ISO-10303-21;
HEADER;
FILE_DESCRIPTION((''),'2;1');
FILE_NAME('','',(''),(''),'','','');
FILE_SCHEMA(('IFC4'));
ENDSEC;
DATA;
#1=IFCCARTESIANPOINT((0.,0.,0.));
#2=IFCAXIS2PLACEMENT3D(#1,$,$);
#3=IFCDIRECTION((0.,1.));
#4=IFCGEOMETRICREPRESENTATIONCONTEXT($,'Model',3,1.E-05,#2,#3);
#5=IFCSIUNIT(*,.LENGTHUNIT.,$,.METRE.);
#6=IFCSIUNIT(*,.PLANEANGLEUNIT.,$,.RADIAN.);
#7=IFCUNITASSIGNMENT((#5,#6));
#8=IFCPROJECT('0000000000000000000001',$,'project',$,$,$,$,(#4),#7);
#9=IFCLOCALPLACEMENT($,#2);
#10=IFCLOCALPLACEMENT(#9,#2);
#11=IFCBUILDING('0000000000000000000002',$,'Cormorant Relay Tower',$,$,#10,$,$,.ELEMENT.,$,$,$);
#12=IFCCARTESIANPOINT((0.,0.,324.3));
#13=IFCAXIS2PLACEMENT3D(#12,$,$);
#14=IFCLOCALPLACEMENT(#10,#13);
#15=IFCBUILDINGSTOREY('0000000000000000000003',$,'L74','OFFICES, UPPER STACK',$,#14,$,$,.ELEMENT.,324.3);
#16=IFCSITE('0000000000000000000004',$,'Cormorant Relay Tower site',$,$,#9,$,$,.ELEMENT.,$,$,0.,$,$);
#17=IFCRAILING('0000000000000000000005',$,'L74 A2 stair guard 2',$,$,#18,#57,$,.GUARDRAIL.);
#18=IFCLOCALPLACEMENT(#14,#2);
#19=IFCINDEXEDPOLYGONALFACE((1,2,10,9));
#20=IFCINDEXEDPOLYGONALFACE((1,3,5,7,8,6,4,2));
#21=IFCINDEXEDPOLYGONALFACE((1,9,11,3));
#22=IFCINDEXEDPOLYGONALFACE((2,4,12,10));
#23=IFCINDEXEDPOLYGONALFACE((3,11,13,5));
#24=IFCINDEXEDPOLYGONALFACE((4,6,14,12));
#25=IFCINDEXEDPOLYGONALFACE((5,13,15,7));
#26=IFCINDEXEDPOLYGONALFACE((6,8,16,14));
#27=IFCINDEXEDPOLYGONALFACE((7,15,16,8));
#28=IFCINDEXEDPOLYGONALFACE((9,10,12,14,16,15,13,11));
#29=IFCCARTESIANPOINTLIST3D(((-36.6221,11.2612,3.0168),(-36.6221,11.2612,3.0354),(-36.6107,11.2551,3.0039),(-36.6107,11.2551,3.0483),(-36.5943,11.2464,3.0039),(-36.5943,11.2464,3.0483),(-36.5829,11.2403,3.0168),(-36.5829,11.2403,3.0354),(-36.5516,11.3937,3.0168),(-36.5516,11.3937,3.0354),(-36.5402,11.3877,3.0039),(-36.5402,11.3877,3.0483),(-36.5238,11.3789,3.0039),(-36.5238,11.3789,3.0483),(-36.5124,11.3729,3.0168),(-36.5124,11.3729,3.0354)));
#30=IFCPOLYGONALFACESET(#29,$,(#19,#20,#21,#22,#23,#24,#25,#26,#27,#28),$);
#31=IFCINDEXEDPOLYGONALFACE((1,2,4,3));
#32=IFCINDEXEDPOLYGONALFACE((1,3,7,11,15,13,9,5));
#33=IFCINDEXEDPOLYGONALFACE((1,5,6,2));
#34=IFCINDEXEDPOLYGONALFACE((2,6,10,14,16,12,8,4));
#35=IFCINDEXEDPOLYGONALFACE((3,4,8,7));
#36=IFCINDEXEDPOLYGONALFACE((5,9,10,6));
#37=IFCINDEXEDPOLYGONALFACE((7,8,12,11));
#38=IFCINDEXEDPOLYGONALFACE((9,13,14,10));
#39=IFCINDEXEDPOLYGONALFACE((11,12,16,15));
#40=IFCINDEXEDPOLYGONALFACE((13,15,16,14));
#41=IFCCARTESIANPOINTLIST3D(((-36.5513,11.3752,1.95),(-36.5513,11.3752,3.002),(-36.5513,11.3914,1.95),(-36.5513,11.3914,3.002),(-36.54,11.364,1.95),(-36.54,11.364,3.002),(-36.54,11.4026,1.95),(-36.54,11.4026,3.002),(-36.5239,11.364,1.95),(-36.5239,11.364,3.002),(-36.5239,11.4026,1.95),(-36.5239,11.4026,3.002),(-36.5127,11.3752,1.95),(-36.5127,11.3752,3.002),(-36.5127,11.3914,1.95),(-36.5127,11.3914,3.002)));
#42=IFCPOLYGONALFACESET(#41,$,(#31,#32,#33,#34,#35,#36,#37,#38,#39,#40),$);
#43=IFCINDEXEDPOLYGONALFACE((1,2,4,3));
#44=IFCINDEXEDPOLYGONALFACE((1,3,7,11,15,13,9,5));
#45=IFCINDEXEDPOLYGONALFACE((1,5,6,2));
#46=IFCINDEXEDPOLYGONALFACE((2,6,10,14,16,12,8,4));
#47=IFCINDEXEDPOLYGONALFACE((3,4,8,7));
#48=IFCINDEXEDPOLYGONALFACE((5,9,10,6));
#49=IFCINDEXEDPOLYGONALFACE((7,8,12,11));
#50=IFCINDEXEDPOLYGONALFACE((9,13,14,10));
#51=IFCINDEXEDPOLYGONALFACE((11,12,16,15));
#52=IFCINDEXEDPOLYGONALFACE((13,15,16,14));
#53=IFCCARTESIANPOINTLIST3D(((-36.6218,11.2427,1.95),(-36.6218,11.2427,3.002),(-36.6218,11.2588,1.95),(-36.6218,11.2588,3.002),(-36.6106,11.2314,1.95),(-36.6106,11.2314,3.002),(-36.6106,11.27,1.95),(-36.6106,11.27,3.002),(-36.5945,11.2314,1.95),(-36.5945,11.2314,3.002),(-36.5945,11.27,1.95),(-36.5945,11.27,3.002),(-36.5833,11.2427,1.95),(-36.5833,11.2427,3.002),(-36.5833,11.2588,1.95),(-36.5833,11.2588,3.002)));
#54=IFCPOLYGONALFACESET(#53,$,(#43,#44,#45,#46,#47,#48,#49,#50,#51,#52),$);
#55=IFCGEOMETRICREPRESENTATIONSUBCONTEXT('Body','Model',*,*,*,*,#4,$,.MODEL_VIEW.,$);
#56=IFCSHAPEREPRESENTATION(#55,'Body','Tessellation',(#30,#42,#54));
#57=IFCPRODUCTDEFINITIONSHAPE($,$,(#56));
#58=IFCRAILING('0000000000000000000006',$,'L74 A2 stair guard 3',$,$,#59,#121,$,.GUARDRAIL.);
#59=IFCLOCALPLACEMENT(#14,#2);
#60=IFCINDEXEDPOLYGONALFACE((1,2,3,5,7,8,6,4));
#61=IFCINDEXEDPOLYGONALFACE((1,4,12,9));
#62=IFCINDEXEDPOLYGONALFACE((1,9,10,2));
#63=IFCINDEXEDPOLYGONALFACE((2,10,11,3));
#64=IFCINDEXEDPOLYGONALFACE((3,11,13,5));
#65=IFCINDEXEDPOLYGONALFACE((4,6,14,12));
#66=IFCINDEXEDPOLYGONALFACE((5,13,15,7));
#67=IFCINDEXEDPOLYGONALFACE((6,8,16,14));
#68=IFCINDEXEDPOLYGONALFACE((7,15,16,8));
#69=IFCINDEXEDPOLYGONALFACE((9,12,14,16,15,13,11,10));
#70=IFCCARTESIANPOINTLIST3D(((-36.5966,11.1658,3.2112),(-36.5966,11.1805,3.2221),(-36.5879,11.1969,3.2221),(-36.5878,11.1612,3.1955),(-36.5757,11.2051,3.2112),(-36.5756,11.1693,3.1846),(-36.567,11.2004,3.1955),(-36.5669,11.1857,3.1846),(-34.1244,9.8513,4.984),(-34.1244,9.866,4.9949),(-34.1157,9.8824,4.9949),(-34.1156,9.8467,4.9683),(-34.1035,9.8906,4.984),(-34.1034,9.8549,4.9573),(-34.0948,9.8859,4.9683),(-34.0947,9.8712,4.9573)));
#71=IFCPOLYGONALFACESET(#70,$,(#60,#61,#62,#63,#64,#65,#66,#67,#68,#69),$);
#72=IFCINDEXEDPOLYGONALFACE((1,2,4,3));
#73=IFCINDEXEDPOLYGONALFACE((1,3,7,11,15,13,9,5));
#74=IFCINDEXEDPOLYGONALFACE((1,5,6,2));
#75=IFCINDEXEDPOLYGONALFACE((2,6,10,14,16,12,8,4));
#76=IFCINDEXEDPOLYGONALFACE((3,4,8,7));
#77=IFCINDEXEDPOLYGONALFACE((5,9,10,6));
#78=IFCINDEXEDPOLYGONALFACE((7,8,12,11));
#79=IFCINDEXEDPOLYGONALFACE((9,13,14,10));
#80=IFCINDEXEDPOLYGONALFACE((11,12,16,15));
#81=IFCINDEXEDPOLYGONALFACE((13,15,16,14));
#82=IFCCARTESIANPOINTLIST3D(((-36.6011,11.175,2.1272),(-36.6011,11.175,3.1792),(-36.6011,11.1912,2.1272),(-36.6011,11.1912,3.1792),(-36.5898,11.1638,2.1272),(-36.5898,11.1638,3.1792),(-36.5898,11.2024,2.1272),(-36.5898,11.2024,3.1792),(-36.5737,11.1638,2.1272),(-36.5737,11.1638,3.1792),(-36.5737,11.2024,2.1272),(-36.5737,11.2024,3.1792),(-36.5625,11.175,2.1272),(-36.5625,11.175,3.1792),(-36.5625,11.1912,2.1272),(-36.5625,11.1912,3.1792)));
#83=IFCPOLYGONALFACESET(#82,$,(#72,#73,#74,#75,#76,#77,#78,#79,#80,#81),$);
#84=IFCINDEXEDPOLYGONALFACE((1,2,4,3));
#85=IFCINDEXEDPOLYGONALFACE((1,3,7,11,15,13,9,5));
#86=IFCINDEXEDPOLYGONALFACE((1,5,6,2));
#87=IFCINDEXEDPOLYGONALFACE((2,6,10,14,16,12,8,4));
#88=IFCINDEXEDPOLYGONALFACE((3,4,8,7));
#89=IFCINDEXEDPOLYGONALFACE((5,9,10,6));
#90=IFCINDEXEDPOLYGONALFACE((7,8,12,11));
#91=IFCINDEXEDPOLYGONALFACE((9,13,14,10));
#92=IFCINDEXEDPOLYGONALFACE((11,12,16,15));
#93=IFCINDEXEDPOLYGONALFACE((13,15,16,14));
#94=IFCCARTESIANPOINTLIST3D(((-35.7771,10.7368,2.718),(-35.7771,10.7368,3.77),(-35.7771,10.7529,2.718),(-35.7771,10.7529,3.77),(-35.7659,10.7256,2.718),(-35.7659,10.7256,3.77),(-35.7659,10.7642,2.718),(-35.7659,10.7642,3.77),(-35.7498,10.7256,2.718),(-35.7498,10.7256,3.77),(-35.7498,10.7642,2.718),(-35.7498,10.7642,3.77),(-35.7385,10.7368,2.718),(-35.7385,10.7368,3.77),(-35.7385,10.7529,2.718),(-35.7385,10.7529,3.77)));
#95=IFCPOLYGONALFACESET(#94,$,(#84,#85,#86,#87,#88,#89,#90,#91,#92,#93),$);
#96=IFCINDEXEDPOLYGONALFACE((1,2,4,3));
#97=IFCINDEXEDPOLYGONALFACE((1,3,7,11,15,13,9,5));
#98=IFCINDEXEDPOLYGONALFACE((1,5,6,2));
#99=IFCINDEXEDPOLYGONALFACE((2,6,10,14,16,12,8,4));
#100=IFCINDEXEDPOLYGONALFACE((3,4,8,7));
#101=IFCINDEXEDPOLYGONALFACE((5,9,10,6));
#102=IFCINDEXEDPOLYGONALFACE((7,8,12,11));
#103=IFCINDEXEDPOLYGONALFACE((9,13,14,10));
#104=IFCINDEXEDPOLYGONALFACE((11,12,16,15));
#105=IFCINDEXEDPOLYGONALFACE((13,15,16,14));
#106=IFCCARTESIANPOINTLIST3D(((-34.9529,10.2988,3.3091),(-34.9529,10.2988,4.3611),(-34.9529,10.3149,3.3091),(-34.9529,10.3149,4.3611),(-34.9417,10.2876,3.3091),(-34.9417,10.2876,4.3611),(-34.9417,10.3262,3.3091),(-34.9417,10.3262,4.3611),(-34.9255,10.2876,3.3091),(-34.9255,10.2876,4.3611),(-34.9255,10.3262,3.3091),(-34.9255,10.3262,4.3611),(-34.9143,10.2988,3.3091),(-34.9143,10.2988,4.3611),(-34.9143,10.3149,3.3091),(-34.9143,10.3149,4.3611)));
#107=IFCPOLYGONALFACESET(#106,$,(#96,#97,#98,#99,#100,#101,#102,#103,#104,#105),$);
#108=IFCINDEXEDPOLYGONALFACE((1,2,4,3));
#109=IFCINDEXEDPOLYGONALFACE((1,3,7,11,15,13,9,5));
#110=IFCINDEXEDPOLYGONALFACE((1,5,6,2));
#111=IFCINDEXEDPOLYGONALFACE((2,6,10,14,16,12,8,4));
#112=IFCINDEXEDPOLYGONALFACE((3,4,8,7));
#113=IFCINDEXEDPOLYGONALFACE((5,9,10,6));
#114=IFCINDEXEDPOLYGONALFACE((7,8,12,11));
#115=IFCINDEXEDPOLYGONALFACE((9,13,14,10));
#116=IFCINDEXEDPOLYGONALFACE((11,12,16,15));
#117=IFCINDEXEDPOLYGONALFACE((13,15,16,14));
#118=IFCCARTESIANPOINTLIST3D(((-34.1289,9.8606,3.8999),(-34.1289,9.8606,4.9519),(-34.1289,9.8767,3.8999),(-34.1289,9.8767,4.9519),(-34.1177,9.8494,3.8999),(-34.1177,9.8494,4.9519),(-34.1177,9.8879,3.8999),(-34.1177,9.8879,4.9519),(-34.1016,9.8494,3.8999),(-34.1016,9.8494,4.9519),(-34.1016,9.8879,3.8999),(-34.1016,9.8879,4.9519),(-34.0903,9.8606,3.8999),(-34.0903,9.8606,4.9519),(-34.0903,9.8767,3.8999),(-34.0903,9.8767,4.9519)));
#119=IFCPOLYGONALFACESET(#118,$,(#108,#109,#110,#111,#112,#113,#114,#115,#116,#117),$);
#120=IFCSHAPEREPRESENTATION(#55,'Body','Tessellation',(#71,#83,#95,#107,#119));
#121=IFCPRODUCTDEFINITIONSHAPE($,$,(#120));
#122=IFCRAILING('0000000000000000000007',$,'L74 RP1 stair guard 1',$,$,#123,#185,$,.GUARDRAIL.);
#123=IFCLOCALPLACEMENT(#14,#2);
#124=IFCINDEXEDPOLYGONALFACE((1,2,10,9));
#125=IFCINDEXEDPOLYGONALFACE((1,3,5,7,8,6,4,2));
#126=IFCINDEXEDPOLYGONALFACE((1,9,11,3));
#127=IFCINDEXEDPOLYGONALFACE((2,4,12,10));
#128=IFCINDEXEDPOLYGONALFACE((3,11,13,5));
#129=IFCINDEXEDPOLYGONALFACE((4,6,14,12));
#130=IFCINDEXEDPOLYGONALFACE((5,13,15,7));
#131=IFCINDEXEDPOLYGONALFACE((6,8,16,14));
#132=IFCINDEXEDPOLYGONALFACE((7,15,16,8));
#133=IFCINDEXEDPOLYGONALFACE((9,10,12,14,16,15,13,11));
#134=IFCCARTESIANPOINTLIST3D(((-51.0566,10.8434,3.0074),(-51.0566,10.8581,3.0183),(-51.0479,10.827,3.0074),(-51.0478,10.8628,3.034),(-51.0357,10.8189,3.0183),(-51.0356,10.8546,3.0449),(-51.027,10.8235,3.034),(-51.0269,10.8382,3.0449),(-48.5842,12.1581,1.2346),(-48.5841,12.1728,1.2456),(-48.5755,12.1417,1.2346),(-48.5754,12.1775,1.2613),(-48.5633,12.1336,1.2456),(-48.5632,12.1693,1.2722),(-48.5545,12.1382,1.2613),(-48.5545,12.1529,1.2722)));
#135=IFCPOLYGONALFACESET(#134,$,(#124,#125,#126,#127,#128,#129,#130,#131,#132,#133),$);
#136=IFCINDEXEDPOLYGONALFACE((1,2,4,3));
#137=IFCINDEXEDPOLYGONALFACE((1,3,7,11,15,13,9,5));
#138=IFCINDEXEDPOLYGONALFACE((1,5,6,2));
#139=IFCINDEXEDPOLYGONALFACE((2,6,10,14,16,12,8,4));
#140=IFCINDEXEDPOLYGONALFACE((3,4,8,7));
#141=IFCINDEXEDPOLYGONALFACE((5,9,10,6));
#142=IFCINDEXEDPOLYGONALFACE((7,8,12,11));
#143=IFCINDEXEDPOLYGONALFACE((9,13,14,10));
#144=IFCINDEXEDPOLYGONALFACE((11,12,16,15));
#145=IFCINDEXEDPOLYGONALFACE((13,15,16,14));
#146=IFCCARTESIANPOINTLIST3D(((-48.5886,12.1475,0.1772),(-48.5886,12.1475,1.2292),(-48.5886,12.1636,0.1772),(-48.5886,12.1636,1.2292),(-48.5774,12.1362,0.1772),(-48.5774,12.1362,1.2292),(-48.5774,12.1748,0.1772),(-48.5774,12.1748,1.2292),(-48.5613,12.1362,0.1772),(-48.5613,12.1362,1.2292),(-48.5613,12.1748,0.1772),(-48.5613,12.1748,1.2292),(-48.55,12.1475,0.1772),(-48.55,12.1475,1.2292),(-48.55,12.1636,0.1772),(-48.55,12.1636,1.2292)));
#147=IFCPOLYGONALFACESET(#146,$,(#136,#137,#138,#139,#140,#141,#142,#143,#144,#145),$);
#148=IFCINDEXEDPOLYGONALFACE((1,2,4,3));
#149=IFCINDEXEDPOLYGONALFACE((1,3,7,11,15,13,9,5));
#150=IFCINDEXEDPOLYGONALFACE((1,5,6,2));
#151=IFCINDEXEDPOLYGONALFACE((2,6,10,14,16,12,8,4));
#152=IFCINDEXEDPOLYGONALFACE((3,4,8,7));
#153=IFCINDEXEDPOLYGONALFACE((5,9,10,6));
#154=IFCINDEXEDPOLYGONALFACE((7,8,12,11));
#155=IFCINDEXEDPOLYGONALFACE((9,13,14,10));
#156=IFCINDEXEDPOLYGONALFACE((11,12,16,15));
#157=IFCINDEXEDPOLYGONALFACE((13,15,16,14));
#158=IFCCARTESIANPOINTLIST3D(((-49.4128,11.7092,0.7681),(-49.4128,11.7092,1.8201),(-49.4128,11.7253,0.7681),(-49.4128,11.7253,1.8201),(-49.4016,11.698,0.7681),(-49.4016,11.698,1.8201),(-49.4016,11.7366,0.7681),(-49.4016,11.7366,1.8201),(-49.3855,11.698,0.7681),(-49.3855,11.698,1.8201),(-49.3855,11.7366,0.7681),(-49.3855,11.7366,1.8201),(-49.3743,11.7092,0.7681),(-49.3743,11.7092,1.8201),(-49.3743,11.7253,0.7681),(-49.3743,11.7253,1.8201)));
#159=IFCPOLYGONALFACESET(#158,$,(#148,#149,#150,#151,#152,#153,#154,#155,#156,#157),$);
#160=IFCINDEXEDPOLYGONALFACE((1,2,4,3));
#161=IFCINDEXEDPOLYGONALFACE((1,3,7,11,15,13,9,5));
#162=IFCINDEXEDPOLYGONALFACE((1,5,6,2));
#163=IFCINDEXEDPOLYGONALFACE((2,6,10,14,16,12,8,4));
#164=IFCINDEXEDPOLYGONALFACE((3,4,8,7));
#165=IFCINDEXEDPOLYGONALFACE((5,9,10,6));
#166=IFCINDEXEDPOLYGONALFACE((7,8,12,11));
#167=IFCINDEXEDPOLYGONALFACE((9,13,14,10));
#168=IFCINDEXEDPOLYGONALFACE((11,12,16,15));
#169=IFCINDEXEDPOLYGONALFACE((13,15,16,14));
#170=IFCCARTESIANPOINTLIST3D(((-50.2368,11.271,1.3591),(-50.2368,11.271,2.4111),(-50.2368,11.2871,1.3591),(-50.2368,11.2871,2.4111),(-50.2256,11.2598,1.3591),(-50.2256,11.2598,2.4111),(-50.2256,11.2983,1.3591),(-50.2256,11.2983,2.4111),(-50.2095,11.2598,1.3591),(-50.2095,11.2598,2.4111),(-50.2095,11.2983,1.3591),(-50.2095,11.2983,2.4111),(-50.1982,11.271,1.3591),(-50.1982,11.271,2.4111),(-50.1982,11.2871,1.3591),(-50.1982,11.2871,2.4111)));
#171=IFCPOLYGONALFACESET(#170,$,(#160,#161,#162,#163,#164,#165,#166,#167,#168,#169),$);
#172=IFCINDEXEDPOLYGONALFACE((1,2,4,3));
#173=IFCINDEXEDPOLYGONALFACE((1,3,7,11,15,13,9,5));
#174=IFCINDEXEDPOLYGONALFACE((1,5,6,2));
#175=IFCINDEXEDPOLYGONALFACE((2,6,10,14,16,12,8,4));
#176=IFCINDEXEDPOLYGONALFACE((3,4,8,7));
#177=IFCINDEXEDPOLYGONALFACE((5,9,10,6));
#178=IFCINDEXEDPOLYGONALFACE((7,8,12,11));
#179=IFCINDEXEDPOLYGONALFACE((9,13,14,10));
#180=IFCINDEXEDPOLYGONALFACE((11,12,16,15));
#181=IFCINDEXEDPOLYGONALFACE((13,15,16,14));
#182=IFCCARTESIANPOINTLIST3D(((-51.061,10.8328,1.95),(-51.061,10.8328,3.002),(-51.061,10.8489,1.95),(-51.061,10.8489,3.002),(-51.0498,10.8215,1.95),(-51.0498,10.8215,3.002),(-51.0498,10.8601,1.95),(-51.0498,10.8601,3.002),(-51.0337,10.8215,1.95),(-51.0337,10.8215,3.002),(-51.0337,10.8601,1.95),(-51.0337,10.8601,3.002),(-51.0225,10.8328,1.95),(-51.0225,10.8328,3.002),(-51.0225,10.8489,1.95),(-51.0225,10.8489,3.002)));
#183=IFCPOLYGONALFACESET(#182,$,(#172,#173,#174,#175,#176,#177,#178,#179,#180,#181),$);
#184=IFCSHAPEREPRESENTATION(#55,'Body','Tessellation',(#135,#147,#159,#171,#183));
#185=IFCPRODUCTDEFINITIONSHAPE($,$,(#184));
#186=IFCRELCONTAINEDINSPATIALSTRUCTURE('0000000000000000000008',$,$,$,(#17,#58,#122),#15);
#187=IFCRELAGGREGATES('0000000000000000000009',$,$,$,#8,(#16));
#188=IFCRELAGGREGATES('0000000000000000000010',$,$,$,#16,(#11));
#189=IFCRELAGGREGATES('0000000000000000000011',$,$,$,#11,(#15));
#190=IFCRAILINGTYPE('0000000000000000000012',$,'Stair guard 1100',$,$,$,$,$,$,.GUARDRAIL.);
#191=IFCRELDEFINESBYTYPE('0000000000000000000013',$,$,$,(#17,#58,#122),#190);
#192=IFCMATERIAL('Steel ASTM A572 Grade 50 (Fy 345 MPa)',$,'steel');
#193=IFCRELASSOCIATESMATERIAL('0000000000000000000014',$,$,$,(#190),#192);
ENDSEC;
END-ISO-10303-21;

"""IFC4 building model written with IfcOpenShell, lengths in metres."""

from ifc_helpers import new_model, si_unit, direction, frame, origin, place, context, subcontext, project, spatial, polyline, outline, extrude, material, type_object, element, save


model = new_model("IFC4")

# Units and contexts
model_context = context("Model", 3, precision=1e-05, world=origin(), true_north=direction((0.0, 1.0)))
body_context = subcontext(model_context, "Body", "Model", "MODEL_VIEW")
ifc_project = project(units=[si_unit("LENGTHUNIT", "METRE"), si_unit("PLANEANGLEUNIT", "RADIAN")], contexts=[model_context])

# Site, building, storey
site_placement = place(None, origin())
site = spatial("IfcSite", under=ifc_project, at=site_placement, Name="Cormorant Relay Tower site", CompositionType="ELEMENT", RefElevation=0.0)
building_placement = place(site_placement, origin())
building = spatial("IfcBuilding", under=site, at=building_placement, Name="Cormorant Relay Tower", CompositionType="ELEMENT")
storey_placement = place(building_placement, frame((0.0, 0.0, 324.3)))
storey = spatial("IfcBuildingStorey", under=building, at=storey_placement, Name="L74", Description="OFFICES, UPPER STACK", CompositionType="ELEMENT", Elevation=324.3)

# Railings
ifc_material_1 = material(Name="Steel ASTM A572 Grade 50 (Fy 345 MPa)", Category="steel")
railing_type_1 = type_object("IfcRailingType", Name="Stair guard 1100", PredefinedType="GUARDRAIL", material=ifc_material_1)
railing_1_placement = place(storey_placement, frame((-36.532, 11.3833, 1.95)))
element("IfcRailing", 1, at=railing_1_placement, inside=storey, type_object=railing_type_1, Name="L74 A2 stair guard 2", PredefinedType="GUARDRAIL", context=body_context, shape_type="SweptSolid", body=[
    extrude(outline(polyline([(0.0222, 0.0093), (0.0093, 0.0222), (-0.0093, 0.0222), (-0.0222, 0.0093), (-0.0222, -0.0093), (-0.0093, -0.0222), (0.0093, -0.0222), (0.0222, -0.0093), (0.0222, 0.0093)])), frame((0.0, 0.0, 1.0762), z_axis=(-0.469829, -0.882758, 0.0), x_axis=(0.882758, -0.469829, 0.0)), (0.0, 0.0, 1.0), 0.1501),
    extrude(outline(polyline([(0.0193, 0.0081), (0.0081, 0.0193), (-0.0081, 0.0193), (-0.0193, 0.0081), (-0.0193, -0.0081), (-0.0081, -0.0193), (0.0081, -0.0193), (0.0193, -0.0081), (0.0193, 0.0081)])), origin(), (0.0, 0.0, 1.0), 1.052),
    extrude(outline(polyline([(0.0193, 0.0081), (0.0081, 0.0193), (-0.0081, 0.0193), (-0.0193, 0.0081), (-0.0193, -0.0081), (-0.0081, -0.0193), (0.0081, -0.0193), (0.0193, -0.0081), (0.0193, 0.0081)])), frame((-0.0706, -0.1326, 0.0)), (0.0, 0.0, 1.0), 1.052),
])
railing_2_placement = place(storey_placement, frame((-36.5818, 11.1831, 2.1272)))
element("IfcRailing", 2, at=railing_2_placement, inside=storey, type_object=railing_type_1, Name="L74 A2 stair guard 3", PredefinedType="GUARDRAIL", context=body_context, shape_type="SweptSolid", body=[
    extrude(outline(polyline([(0.0222, 0.0093), (0.0093, 0.0222), (-0.0093, 0.0222), (-0.0222, 0.0093), (-0.0222, -0.0093), (-0.0093, -0.0222), (0.0093, -0.0222), (0.0222, -0.0093), (0.0222, 0.0093)])), frame((0.0, 0.0, 1.0762), z_axis=(0.746001, -0.396649, 0.534931), x_axis=(0.469465, 0.882951, 0.0)), (0.0, 0.0, 1.0), 3.314),
    extrude(outline(polyline([(0.0193, 0.0081), (0.0081, 0.0193), (-0.0081, 0.0193), (-0.0193, 0.0081), (-0.0193, -0.0081), (-0.0081, -0.0193), (0.0081, -0.0193), (0.0193, -0.0081), (0.0193, 0.0081)])), origin(), (0.0, 0.0, 1.0), 1.052),
    extrude(outline(polyline([(0.0193, 0.0081), (0.0081, 0.0193), (-0.0081, 0.0193), (-0.0193, 0.0081), (-0.0193, -0.0081), (-0.0081, -0.0193), (0.0081, -0.0193), (0.0193, -0.0081), (0.0193, 0.0081)])), frame((0.824, -0.4382, 0.5908)), (0.0, 0.0, 1.0), 1.052),
    extrude(outline(polyline([(0.0193, 0.0081), (0.0081, 0.0193), (-0.0081, 0.0193), (-0.0193, 0.0081), (-0.0193, -0.0081), (-0.0081, -0.0193), (0.0081, -0.0193), (0.0193, -0.0081), (0.0193, 0.0081)])), frame((1.6482, -0.8762, 1.1819)), (0.0, 0.0, 1.0), 1.052),
    extrude(outline(polyline([(0.0193, 0.0081), (0.0081, 0.0193), (-0.0081, 0.0193), (-0.0193, 0.0081), (-0.0193, -0.0081), (-0.0081, -0.0193), (0.0081, -0.0193), (0.0193, -0.0081), (0.0193, 0.0081)])), frame((2.4722, -1.3145, 1.7727)), (0.0, 0.0, 1.0), 1.052),
])
railing_3_placement = place(storey_placement, frame((-48.5693, 12.1555, 0.1772)))
element("IfcRailing", 3, at=railing_3_placement, inside=storey, type_object=railing_type_1, Name="L74 RP1 stair guard 1", PredefinedType="GUARDRAIL", context=body_context, shape_type="SweptSolid", body=[
    extrude(outline(polyline([(0.0222, 0.0093), (0.0093, 0.0222), (-0.0093, 0.0222), (-0.0222, 0.0093), (-0.0222, -0.0093), (-0.0093, -0.0222), (0.0093, -0.0222), (0.0222, -0.0093), (0.0222, 0.0093)])), frame((0.0, 0.0, 1.0762), z_axis=(-0.746012, -0.39669, 0.534886), x_axis=(0.469497, -0.882934, 0.0)), (0.0, 0.0, 1.0), 3.3142),
    extrude(outline(polyline([(0.0193, 0.0081), (0.0081, 0.0193), (-0.0081, 0.0193), (-0.0193, 0.0081), (-0.0193, -0.0081), (-0.0081, -0.0193), (0.0081, -0.0193), (0.0193, -0.0081), (0.0193, 0.0081)])), origin(), (0.0, 0.0, 1.0), 1.052),
    extrude(outline(polyline([(0.0193, 0.0081), (0.0081, 0.0193), (-0.0081, 0.0193), (-0.0193, 0.0081), (-0.0193, -0.0081), (-0.0081, -0.0193), (0.0081, -0.0193), (0.0193, -0.0081), (0.0193, 0.0081)])), frame((-0.8242, -0.4382, 0.5908)), (0.0, 0.0, 1.0), 1.052),
    extrude(outline(polyline([(0.0193, 0.0081), (0.0081, 0.0193), (-0.0081, 0.0193), (-0.0193, 0.0081), (-0.0193, -0.0081), (-0.0081, -0.0193), (0.0081, -0.0193), (0.0193, -0.0081), (0.0193, 0.0081)])), frame((-1.6482, -0.8765, 1.1819)), (0.0, 0.0, 1.0), 1.052),
    extrude(outline(polyline([(0.0193, 0.0081), (0.0081, 0.0193), (-0.0081, 0.0193), (-0.0193, 0.0081), (-0.0193, -0.0081), (-0.0081, -0.0193), (0.0081, -0.0193), (0.0193, -0.0081), (0.0193, 0.0081)])), frame((-2.4724, -1.3147, 1.7727)), (0.0, 0.0, 1.0), 1.052),
])

save(model, "model.ifc")
